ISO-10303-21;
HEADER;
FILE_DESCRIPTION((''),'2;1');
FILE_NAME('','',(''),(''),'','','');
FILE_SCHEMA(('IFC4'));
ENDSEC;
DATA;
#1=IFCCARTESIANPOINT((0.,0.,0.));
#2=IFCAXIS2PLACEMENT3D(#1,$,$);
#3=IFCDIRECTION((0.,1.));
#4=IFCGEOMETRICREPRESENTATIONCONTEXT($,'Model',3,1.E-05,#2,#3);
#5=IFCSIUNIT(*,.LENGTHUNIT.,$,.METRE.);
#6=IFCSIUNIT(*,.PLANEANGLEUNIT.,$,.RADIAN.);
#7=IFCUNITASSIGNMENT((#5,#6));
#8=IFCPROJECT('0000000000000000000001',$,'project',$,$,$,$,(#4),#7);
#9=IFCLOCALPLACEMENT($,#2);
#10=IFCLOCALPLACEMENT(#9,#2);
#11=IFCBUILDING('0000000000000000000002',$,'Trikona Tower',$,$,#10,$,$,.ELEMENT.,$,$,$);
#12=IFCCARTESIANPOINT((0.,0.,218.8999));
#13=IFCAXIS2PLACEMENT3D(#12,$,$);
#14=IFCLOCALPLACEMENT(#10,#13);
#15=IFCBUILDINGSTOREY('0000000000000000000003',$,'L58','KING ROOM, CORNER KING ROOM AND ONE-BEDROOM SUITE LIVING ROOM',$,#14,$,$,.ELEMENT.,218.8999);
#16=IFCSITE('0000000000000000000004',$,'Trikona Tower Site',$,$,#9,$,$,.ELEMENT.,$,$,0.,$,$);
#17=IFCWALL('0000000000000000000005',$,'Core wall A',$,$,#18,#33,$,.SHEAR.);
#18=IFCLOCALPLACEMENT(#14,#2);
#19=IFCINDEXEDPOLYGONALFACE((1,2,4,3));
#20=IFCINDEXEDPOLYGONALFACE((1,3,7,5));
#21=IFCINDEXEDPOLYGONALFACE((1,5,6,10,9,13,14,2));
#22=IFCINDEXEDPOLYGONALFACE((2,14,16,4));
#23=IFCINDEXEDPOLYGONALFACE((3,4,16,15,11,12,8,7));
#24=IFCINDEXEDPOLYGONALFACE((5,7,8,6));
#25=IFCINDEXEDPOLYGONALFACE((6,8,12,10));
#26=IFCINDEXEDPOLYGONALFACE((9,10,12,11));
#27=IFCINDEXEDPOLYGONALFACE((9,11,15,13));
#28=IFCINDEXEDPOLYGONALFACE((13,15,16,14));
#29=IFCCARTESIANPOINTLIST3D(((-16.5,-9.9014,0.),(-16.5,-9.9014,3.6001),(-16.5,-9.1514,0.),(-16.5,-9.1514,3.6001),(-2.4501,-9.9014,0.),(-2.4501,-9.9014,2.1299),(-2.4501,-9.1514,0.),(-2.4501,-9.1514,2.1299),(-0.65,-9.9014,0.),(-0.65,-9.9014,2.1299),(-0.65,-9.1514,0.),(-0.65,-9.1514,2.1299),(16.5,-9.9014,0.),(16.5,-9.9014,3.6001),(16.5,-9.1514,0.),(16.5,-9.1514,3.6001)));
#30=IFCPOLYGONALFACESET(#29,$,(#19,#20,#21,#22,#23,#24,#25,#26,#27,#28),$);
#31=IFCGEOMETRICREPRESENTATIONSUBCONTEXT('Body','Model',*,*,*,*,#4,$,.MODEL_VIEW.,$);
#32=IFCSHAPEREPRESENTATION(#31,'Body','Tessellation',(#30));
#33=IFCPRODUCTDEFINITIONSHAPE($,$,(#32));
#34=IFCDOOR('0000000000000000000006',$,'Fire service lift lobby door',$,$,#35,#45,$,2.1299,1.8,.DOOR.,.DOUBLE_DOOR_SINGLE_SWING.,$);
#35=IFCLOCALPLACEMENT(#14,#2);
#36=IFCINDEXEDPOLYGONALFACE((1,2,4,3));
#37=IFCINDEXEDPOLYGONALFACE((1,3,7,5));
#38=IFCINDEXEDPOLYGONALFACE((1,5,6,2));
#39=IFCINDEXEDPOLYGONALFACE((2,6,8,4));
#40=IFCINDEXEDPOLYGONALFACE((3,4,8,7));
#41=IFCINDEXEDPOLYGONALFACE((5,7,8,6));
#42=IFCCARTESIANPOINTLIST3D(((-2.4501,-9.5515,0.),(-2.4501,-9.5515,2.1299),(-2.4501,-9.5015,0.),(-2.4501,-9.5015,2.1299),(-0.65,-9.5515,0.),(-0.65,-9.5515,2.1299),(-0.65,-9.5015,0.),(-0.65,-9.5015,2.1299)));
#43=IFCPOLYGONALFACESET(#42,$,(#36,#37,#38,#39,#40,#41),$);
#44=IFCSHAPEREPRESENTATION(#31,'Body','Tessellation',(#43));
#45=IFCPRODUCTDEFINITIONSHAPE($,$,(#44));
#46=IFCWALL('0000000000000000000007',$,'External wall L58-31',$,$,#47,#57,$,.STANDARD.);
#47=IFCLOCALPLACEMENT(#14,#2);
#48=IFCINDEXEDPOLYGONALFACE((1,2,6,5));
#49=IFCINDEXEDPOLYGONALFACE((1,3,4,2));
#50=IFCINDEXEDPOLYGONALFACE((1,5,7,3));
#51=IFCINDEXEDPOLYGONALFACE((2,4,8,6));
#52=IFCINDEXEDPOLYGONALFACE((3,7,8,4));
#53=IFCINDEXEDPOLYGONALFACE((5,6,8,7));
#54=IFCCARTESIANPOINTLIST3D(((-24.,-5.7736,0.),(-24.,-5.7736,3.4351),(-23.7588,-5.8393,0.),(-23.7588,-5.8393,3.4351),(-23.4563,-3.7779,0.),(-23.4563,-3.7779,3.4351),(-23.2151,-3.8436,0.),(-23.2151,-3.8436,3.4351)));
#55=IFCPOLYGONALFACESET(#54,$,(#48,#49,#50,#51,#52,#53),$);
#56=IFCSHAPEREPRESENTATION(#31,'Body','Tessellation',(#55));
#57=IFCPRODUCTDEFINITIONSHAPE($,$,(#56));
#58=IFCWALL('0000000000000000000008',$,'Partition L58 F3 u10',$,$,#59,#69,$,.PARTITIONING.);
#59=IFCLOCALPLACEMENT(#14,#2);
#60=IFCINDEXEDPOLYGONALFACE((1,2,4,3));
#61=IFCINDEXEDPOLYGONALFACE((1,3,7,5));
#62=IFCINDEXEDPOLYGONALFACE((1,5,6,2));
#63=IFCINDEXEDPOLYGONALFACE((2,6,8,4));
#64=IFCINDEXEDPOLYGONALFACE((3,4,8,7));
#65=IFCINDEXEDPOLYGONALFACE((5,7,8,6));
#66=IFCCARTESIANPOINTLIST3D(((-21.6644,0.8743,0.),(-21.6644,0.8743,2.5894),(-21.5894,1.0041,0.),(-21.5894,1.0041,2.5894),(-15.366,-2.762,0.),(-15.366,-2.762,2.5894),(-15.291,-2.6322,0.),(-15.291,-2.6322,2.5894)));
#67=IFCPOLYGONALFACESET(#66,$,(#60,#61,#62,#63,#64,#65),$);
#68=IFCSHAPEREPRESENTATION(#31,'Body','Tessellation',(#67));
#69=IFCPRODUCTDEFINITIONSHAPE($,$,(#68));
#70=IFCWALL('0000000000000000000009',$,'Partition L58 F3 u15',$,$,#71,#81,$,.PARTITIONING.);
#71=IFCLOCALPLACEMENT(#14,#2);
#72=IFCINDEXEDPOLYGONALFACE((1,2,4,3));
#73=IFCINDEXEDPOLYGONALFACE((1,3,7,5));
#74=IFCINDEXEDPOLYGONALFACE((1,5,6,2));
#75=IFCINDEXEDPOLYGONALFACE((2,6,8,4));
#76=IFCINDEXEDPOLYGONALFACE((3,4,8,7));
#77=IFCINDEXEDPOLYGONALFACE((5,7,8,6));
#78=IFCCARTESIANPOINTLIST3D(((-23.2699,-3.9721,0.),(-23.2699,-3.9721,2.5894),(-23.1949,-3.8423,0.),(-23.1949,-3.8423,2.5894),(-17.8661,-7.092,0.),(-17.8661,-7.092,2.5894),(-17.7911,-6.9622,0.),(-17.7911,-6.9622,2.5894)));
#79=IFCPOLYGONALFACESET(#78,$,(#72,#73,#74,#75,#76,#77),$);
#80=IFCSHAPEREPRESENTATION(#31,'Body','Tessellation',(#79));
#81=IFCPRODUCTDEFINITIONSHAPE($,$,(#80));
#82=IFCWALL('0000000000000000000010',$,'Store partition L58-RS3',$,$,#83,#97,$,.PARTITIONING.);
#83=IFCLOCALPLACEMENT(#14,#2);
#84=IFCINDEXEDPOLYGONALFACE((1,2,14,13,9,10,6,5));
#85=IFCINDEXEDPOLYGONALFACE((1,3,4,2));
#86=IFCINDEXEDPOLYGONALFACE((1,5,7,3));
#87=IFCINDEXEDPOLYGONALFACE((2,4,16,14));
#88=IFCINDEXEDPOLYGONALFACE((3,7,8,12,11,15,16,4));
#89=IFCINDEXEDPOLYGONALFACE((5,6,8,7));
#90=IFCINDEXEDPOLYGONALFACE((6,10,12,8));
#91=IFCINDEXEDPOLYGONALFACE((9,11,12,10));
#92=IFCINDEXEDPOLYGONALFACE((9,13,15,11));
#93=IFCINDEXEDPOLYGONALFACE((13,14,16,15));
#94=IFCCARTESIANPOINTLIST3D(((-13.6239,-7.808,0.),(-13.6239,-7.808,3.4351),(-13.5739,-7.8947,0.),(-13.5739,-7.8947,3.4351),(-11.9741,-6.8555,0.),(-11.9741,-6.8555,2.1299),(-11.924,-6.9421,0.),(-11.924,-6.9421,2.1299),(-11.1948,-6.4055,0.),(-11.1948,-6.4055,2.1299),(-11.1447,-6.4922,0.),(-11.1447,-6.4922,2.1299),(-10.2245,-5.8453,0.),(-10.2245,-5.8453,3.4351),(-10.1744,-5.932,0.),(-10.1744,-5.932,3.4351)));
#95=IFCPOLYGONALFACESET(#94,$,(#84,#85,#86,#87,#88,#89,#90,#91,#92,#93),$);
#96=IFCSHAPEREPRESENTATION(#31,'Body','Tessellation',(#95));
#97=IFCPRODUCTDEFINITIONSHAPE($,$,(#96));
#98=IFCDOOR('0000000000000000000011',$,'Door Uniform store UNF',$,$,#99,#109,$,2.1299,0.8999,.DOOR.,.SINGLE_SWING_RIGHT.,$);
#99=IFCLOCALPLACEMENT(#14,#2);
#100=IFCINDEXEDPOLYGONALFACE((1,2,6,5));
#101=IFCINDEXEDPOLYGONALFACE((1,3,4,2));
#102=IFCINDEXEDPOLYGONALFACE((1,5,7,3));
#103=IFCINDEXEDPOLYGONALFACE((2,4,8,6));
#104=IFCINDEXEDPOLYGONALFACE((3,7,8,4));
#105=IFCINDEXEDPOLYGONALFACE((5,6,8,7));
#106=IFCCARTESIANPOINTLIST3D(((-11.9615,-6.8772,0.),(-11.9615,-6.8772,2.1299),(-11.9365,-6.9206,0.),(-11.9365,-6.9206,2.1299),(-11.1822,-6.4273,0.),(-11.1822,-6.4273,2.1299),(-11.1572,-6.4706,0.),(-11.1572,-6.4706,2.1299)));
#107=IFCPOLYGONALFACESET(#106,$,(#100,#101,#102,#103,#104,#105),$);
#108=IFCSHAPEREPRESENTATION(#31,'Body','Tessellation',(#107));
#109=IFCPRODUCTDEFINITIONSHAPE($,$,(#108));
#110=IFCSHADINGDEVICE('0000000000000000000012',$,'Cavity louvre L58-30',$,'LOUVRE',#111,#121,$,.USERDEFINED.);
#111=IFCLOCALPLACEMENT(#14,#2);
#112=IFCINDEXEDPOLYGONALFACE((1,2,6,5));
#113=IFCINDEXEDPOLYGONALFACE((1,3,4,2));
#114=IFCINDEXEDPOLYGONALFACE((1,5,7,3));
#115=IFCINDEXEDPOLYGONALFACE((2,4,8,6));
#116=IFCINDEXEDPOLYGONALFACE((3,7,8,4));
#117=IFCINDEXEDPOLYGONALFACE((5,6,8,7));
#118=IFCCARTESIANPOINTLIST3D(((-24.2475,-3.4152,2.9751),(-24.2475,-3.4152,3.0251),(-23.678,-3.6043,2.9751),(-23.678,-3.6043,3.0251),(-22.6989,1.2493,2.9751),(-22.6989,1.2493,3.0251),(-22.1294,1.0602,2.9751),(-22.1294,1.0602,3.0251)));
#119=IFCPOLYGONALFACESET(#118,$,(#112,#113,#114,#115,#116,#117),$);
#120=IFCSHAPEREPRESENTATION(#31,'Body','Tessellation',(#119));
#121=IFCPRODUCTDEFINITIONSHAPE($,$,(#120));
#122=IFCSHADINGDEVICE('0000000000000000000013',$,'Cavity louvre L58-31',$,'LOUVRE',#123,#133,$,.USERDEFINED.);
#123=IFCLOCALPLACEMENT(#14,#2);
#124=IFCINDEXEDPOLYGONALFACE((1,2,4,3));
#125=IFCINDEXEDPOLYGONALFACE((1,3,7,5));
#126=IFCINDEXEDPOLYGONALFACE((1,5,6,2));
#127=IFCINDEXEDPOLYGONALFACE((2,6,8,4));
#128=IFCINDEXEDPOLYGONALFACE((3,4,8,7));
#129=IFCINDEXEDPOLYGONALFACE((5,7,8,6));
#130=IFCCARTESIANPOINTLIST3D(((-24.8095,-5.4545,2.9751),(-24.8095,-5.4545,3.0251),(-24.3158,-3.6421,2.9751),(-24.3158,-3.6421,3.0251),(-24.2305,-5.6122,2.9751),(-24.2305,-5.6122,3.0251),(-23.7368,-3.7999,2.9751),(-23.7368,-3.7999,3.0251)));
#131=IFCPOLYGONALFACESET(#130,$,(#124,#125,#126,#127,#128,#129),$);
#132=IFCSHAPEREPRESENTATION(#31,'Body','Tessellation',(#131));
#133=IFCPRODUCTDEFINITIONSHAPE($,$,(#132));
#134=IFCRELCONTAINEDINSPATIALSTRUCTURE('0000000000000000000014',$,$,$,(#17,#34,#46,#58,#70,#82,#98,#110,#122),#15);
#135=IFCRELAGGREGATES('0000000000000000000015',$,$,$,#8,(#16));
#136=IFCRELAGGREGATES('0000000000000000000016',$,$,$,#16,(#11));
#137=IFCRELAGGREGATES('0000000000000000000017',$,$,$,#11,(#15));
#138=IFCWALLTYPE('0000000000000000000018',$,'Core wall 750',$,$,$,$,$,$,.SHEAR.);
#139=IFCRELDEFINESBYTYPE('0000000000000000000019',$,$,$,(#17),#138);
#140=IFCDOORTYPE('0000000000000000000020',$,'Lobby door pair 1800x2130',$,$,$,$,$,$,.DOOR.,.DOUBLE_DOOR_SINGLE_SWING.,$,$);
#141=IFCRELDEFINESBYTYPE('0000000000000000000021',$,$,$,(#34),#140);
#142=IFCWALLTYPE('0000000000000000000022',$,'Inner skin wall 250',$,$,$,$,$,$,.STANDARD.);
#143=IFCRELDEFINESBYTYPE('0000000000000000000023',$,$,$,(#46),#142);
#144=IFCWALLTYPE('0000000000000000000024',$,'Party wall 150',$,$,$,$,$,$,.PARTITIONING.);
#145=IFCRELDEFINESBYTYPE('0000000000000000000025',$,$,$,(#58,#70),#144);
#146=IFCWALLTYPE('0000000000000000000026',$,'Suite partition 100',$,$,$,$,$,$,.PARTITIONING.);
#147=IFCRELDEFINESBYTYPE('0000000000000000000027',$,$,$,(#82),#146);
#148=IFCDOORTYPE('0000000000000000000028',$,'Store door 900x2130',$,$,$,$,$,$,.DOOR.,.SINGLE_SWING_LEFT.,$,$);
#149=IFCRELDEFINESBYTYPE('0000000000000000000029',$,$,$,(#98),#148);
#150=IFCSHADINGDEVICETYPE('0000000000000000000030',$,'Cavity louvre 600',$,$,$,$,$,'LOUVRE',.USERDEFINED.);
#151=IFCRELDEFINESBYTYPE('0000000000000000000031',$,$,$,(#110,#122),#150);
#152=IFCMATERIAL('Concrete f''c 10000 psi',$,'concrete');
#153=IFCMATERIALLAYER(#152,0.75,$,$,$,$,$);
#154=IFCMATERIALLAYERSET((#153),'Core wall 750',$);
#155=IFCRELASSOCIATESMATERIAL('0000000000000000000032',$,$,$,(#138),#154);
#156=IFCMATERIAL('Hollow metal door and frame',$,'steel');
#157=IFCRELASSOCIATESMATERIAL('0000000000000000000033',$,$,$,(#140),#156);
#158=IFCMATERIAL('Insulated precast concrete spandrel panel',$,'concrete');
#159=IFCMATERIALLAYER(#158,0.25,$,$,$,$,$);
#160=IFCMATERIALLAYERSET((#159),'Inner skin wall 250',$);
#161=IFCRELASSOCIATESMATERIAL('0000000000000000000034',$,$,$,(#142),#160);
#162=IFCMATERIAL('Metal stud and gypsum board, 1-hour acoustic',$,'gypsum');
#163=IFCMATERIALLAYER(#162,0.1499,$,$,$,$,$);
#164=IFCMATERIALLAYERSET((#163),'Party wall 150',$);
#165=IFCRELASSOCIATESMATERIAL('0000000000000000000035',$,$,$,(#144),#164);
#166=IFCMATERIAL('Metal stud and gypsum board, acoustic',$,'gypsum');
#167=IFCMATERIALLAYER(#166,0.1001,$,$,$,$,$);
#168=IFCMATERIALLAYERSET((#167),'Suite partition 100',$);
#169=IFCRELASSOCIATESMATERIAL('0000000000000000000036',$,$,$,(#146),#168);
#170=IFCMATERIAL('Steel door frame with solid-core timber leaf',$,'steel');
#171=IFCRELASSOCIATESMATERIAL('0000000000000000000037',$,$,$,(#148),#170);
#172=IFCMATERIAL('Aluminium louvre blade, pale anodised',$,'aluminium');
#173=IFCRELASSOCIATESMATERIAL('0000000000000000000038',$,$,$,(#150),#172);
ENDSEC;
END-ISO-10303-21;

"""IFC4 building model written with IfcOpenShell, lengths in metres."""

from ifc_helpers import new_model, si_unit, direction, frame, frame_2d, origin, origin_2d, place, context, subcontext, project, spatial, rectangle, extrude, material, layer, layer_set, type_object, element, fill, save


model = new_model("IFC4")

# Units and contexts
model_context = context("Model", 3, precision=1e-05, world=origin(), true_north=direction((0.0, 1.0)))
body_context = subcontext(model_context, "Body", "Model", "MODEL_VIEW")
ifc_project = project(units=[si_unit("LENGTHUNIT", "METRE"), si_unit("PLANEANGLEUNIT", "RADIAN")], contexts=[model_context])

# Site, building, storey
site_placement = place(None, origin())
site = spatial("IfcSite", under=ifc_project, at=site_placement, Name="Trikona Tower Site", CompositionType="ELEMENT", RefElevation=0.0)
building_placement = place(site_placement, origin())
building = spatial("IfcBuilding", under=site, at=building_placement, Name="Trikona Tower", CompositionType="ELEMENT")
storey_placement = place(building_placement, frame((0.0, 0.0, 218.8999)))
storey = spatial("IfcBuildingStorey", under=building, at=storey_placement, Name="L58", Description="KING ROOM, CORNER KING ROOM AND ONE-BEDROOM SUITE LIVING ROOM", CompositionType="ELEMENT", Elevation=218.8999)

# Wall, opening, door
ifc_material_1 = material(Name="Concrete f'c 10000 psi", Category="concrete")
ifc_layer_1 = layer(ifc_material_1, 0.75)
ifc_layer_set_1 = layer_set([ifc_layer_1], Name="Core wall 750")
wall_type_1 = type_object("IfcWallType", Name="Core wall 750", PredefinedType="SHEAR", material=ifc_layer_set_1)
wall_1_placement = place(storey_placement, frame((-16.5, -9.5264, 0.0), z_axis=(0.0, 0.0, 1.0), x_axis=(1.0, 0.0, 0.0)))
wall_1 = element("IfcWall", 1, at=wall_1_placement, inside=storey, type_object=wall_type_1, Name="Core wall A", PredefinedType="SHEAR", context=body_context, shape_type="SweptSolid", body=[
    extrude(rectangle(XDim=33.0, YDim=0.75, at=frame_2d((16.5, 0.0))), origin(), (0.0, 0.0, 1.0), 3.6001),
])
opening_1_placement = place(wall_1_placement, frame((14.05, 0.0, 0.0)))
opening_1 = element("IfcOpeningElement", 2, at=opening_1_placement, cuts=wall_1, PredefinedType="OPENING", context=body_context, shape_type="SweptSolid", body=[
    extrude(rectangle(XDim=1.8, YDim=2.1299, at=frame_2d((0.8999, 1.0649))), frame((0.0, 0.385, 0.0), z_axis=(0.0, -1.0, 0.0), x_axis=(1.0, 0.0, 0.0)), (0.0, 0.0, 1.0), 0.77),
])
ifc_material_2 = material(Name="Hollow metal door and frame", Category="steel")
door_type_1 = type_object("IfcDoorType", Name="Lobby door pair 1800x2130", OperationType="DOUBLE_DOOR_SINGLE_SWING", PredefinedType="DOOR", material=ifc_material_2)
door_1_placement = place(opening_1_placement, origin())
door_1 = element("IfcDoor", 3, at=door_1_placement, inside=storey, type_object=door_type_1, Name="Fire service lift lobby door", OperationType="DOUBLE_DOOR_SINGLE_SWING", OverallHeight=2.1299, OverallWidth=1.8, PredefinedType="DOOR", context=body_context, shape_type="SweptSolid", body=[
    extrude(rectangle(XDim=1.8, YDim=2.1299, at=frame_2d((0.8999, 1.0649))), frame((0.0, 0.0249, 0.0), z_axis=(0.0, -1.0, 0.0), x_axis=(1.0, 0.0, 0.0)), (0.0, 0.0, 1.0), 0.05),
])
fill(opening_1, door_1)

# Walls
ifc_material_3 = material(Name="Insulated precast concrete spandrel panel", Category="concrete")
ifc_layer_2 = layer(ifc_material_3, 0.25)
ifc_layer_set_2 = layer_set([ifc_layer_2], Name="Inner skin wall 250")
wall_type_2 = type_object("IfcWallType", Name="Inner skin wall 250", PredefinedType="STANDARD", material=ifc_layer_set_2)
wall_2_placement = place(storey_placement, frame((-23.3357, -3.8108, 0.0), z_axis=(0.0, 0.0, 1.0), x_axis=(-0.262868, -0.964832, 0.0)))
element("IfcWall", 4, at=wall_2_placement, inside=storey, type_object=wall_type_2, Name="External wall L58-31", PredefinedType="STANDARD", context=body_context, shape_type="SweptSolid", body=[
    extrude(rectangle(XDim=2.0684, YDim=0.25, at=frame_2d((1.0342, 0.0))), origin(), (0.0, 0.0, 1.0), 3.4351),
])
ifc_material_4 = material(Name="Metal stud and gypsum board, 1-hour acoustic", Category="gypsum")
ifc_layer_3 = layer(ifc_material_4, 0.1499)
ifc_layer_set_3 = layer_set([ifc_layer_3], Name="Party wall 150")
wall_type_3 = type_object("IfcWallType", Name="Party wall 150", PredefinedType="PARTITIONING", material=ifc_layer_set_3)
wall_3_placement = place(storey_placement, frame((-15.3286, -2.697, 0.0), z_axis=(0.0, 0.0, 1.0), x_axis=(-0.866032, 0.499988, 0.0)))
element("IfcWall", 5, at=wall_3_placement, inside=storey, type_object=wall_type_3, Name="Partition L58 F3 u10", PredefinedType="PARTITIONING", context=body_context, shape_type="SweptSolid", body=[
    extrude(rectangle(XDim=7.2727, YDim=0.1499, at=frame_2d((3.6362, 0.0))), origin(), (0.0, 0.0, 1.0), 2.5894),
])
wall_4_placement = place(storey_placement, frame((-17.8286, -7.0271, 0.0), z_axis=(0.0, 0.0, 1.0), x_axis=(-0.866027, 0.499998, 0.0)))
element("IfcWall", 6, at=wall_4_placement, inside=storey, type_object=wall_type_3, Name="Partition L58 F3 u15", PredefinedType="PARTITIONING", context=body_context, shape_type="SweptSolid", body=[
    extrude(rectangle(XDim=6.2397, YDim=0.1499, at=frame_2d((3.1199, 0.0))), origin(), (0.0, 0.0, 1.0), 2.5894),
])

# Wall, opening, door
ifc_material_5 = material(Name="Metal stud and gypsum board, acoustic", Category="gypsum")
ifc_layer_4 = layer(ifc_material_5, 0.1001)
ifc_layer_set_4 = layer_set([ifc_layer_4], Name="Suite partition 100")
wall_type_4 = type_object("IfcWallType", Name="Suite partition 100", PredefinedType="PARTITIONING", material=ifc_layer_set_4)
wall_5_placement = place(storey_placement, frame((-13.5989, -7.8513, 0.0), z_axis=(0.0, 0.0, 1.0), x_axis=(0.866026, 0.499999, 0.0)))
wall_5 = element("IfcWall", 7, at=wall_5_placement, inside=storey, type_object=wall_type_4, Name="Store partition L58-RS3", PredefinedType="PARTITIONING", context=body_context, shape_type="SweptSolid", body=[
    extrude(rectangle(XDim=3.9253, YDim=0.1001, at=frame_2d((1.9626, 0.0))), origin(), (0.0, 0.0, 1.0), 3.4351),
])
opening_2_placement = place(wall_5_placement, frame((1.905, 0.0, 0.0)))
opening_2 = element("IfcOpeningElement", 8, at=opening_2_placement, cuts=wall_5, PredefinedType="OPENING", context=body_context, shape_type="SweptSolid", body=[
    extrude(rectangle(XDim=0.8999, YDim=2.1299, at=frame_2d((0.45, 1.0649))), frame((0.0, 0.0601, 0.0), z_axis=(0.0, -1.0, 0.0), x_axis=(1.0, 0.0, 0.0)), (0.0, 0.0, 1.0), 0.1201),
])
ifc_material_6 = material(Name="Steel door frame with solid-core timber leaf", Category="steel")
door_type_2 = type_object("IfcDoorType", Name="Store door 900x2130", OperationType="SINGLE_SWING_LEFT", PredefinedType="DOOR", material=ifc_material_6)
door_2_placement = place(opening_2_placement, origin())
door_2 = element("IfcDoor", 9, at=door_2_placement, inside=storey, type_object=door_type_2, Name="Door Uniform store UNF", OperationType="SINGLE_SWING_RIGHT", OverallHeight=2.1299, OverallWidth=0.8999, PredefinedType="DOOR", context=body_context, shape_type="SweptSolid", body=[
    extrude(rectangle(XDim=0.8999, YDim=2.1299, at=frame_2d((0.45, 1.0649))), frame((0.0, 0.0249, 0.0), z_axis=(0.0, -1.0, 0.0), x_axis=(1.0, 0.0, 0.0)), (0.0, 0.0, 1.0), 0.05),
])
fill(opening_2, door_2)

# Shading devices
ifc_material_7 = material(Name="Aluminium louvre blade, pale anodised", Category="aluminium")
shading_device_type = type_object("IfcShadingDeviceType", Name="Cavity louvre 600", ElementType="LOUVRE", PredefinedType="USERDEFINED", material=ifc_material_7)
shading_device_1_placement = place(storey_placement, frame((-23.1885, -1.1775, 2.9751), z_axis=(0.0, 0.0, 1.0), x_axis=(-0.315093, -0.949061, 0.0)))
element("IfcShadingDevice", 10, at=shading_device_1_placement, inside=storey, type_object=shading_device_type, Name="Cavity louvre L58-30", ObjectType="LOUVRE", PredefinedType="USERDEFINED", context=body_context, shape_type="SweptSolid", body=[
    extrude(rectangle(XDim=4.9148, YDim=0.6001, at=origin_2d()), origin(), (0.0, 0.0, 1.0), 0.05),
])
shading_device_2_placement = place(storey_placement, frame((-24.2732, -4.6272, 2.9751), z_axis=(0.0, 0.0, 1.0), x_axis=(-0.262822, -0.964844, 0.0)))
element("IfcShadingDevice", 11, at=shading_device_2_placement, inside=storey, type_object=shading_device_type, Name="Cavity louvre L58-31", ObjectType="LOUVRE", PredefinedType="USERDEFINED", context=body_context, shape_type="SweptSolid", body=[
    extrude(rectangle(XDim=1.8784, YDim=0.6001, at=origin_2d()), origin(), (0.0, 0.0, 1.0), 0.05),
])

save(model, "model.ifc")
